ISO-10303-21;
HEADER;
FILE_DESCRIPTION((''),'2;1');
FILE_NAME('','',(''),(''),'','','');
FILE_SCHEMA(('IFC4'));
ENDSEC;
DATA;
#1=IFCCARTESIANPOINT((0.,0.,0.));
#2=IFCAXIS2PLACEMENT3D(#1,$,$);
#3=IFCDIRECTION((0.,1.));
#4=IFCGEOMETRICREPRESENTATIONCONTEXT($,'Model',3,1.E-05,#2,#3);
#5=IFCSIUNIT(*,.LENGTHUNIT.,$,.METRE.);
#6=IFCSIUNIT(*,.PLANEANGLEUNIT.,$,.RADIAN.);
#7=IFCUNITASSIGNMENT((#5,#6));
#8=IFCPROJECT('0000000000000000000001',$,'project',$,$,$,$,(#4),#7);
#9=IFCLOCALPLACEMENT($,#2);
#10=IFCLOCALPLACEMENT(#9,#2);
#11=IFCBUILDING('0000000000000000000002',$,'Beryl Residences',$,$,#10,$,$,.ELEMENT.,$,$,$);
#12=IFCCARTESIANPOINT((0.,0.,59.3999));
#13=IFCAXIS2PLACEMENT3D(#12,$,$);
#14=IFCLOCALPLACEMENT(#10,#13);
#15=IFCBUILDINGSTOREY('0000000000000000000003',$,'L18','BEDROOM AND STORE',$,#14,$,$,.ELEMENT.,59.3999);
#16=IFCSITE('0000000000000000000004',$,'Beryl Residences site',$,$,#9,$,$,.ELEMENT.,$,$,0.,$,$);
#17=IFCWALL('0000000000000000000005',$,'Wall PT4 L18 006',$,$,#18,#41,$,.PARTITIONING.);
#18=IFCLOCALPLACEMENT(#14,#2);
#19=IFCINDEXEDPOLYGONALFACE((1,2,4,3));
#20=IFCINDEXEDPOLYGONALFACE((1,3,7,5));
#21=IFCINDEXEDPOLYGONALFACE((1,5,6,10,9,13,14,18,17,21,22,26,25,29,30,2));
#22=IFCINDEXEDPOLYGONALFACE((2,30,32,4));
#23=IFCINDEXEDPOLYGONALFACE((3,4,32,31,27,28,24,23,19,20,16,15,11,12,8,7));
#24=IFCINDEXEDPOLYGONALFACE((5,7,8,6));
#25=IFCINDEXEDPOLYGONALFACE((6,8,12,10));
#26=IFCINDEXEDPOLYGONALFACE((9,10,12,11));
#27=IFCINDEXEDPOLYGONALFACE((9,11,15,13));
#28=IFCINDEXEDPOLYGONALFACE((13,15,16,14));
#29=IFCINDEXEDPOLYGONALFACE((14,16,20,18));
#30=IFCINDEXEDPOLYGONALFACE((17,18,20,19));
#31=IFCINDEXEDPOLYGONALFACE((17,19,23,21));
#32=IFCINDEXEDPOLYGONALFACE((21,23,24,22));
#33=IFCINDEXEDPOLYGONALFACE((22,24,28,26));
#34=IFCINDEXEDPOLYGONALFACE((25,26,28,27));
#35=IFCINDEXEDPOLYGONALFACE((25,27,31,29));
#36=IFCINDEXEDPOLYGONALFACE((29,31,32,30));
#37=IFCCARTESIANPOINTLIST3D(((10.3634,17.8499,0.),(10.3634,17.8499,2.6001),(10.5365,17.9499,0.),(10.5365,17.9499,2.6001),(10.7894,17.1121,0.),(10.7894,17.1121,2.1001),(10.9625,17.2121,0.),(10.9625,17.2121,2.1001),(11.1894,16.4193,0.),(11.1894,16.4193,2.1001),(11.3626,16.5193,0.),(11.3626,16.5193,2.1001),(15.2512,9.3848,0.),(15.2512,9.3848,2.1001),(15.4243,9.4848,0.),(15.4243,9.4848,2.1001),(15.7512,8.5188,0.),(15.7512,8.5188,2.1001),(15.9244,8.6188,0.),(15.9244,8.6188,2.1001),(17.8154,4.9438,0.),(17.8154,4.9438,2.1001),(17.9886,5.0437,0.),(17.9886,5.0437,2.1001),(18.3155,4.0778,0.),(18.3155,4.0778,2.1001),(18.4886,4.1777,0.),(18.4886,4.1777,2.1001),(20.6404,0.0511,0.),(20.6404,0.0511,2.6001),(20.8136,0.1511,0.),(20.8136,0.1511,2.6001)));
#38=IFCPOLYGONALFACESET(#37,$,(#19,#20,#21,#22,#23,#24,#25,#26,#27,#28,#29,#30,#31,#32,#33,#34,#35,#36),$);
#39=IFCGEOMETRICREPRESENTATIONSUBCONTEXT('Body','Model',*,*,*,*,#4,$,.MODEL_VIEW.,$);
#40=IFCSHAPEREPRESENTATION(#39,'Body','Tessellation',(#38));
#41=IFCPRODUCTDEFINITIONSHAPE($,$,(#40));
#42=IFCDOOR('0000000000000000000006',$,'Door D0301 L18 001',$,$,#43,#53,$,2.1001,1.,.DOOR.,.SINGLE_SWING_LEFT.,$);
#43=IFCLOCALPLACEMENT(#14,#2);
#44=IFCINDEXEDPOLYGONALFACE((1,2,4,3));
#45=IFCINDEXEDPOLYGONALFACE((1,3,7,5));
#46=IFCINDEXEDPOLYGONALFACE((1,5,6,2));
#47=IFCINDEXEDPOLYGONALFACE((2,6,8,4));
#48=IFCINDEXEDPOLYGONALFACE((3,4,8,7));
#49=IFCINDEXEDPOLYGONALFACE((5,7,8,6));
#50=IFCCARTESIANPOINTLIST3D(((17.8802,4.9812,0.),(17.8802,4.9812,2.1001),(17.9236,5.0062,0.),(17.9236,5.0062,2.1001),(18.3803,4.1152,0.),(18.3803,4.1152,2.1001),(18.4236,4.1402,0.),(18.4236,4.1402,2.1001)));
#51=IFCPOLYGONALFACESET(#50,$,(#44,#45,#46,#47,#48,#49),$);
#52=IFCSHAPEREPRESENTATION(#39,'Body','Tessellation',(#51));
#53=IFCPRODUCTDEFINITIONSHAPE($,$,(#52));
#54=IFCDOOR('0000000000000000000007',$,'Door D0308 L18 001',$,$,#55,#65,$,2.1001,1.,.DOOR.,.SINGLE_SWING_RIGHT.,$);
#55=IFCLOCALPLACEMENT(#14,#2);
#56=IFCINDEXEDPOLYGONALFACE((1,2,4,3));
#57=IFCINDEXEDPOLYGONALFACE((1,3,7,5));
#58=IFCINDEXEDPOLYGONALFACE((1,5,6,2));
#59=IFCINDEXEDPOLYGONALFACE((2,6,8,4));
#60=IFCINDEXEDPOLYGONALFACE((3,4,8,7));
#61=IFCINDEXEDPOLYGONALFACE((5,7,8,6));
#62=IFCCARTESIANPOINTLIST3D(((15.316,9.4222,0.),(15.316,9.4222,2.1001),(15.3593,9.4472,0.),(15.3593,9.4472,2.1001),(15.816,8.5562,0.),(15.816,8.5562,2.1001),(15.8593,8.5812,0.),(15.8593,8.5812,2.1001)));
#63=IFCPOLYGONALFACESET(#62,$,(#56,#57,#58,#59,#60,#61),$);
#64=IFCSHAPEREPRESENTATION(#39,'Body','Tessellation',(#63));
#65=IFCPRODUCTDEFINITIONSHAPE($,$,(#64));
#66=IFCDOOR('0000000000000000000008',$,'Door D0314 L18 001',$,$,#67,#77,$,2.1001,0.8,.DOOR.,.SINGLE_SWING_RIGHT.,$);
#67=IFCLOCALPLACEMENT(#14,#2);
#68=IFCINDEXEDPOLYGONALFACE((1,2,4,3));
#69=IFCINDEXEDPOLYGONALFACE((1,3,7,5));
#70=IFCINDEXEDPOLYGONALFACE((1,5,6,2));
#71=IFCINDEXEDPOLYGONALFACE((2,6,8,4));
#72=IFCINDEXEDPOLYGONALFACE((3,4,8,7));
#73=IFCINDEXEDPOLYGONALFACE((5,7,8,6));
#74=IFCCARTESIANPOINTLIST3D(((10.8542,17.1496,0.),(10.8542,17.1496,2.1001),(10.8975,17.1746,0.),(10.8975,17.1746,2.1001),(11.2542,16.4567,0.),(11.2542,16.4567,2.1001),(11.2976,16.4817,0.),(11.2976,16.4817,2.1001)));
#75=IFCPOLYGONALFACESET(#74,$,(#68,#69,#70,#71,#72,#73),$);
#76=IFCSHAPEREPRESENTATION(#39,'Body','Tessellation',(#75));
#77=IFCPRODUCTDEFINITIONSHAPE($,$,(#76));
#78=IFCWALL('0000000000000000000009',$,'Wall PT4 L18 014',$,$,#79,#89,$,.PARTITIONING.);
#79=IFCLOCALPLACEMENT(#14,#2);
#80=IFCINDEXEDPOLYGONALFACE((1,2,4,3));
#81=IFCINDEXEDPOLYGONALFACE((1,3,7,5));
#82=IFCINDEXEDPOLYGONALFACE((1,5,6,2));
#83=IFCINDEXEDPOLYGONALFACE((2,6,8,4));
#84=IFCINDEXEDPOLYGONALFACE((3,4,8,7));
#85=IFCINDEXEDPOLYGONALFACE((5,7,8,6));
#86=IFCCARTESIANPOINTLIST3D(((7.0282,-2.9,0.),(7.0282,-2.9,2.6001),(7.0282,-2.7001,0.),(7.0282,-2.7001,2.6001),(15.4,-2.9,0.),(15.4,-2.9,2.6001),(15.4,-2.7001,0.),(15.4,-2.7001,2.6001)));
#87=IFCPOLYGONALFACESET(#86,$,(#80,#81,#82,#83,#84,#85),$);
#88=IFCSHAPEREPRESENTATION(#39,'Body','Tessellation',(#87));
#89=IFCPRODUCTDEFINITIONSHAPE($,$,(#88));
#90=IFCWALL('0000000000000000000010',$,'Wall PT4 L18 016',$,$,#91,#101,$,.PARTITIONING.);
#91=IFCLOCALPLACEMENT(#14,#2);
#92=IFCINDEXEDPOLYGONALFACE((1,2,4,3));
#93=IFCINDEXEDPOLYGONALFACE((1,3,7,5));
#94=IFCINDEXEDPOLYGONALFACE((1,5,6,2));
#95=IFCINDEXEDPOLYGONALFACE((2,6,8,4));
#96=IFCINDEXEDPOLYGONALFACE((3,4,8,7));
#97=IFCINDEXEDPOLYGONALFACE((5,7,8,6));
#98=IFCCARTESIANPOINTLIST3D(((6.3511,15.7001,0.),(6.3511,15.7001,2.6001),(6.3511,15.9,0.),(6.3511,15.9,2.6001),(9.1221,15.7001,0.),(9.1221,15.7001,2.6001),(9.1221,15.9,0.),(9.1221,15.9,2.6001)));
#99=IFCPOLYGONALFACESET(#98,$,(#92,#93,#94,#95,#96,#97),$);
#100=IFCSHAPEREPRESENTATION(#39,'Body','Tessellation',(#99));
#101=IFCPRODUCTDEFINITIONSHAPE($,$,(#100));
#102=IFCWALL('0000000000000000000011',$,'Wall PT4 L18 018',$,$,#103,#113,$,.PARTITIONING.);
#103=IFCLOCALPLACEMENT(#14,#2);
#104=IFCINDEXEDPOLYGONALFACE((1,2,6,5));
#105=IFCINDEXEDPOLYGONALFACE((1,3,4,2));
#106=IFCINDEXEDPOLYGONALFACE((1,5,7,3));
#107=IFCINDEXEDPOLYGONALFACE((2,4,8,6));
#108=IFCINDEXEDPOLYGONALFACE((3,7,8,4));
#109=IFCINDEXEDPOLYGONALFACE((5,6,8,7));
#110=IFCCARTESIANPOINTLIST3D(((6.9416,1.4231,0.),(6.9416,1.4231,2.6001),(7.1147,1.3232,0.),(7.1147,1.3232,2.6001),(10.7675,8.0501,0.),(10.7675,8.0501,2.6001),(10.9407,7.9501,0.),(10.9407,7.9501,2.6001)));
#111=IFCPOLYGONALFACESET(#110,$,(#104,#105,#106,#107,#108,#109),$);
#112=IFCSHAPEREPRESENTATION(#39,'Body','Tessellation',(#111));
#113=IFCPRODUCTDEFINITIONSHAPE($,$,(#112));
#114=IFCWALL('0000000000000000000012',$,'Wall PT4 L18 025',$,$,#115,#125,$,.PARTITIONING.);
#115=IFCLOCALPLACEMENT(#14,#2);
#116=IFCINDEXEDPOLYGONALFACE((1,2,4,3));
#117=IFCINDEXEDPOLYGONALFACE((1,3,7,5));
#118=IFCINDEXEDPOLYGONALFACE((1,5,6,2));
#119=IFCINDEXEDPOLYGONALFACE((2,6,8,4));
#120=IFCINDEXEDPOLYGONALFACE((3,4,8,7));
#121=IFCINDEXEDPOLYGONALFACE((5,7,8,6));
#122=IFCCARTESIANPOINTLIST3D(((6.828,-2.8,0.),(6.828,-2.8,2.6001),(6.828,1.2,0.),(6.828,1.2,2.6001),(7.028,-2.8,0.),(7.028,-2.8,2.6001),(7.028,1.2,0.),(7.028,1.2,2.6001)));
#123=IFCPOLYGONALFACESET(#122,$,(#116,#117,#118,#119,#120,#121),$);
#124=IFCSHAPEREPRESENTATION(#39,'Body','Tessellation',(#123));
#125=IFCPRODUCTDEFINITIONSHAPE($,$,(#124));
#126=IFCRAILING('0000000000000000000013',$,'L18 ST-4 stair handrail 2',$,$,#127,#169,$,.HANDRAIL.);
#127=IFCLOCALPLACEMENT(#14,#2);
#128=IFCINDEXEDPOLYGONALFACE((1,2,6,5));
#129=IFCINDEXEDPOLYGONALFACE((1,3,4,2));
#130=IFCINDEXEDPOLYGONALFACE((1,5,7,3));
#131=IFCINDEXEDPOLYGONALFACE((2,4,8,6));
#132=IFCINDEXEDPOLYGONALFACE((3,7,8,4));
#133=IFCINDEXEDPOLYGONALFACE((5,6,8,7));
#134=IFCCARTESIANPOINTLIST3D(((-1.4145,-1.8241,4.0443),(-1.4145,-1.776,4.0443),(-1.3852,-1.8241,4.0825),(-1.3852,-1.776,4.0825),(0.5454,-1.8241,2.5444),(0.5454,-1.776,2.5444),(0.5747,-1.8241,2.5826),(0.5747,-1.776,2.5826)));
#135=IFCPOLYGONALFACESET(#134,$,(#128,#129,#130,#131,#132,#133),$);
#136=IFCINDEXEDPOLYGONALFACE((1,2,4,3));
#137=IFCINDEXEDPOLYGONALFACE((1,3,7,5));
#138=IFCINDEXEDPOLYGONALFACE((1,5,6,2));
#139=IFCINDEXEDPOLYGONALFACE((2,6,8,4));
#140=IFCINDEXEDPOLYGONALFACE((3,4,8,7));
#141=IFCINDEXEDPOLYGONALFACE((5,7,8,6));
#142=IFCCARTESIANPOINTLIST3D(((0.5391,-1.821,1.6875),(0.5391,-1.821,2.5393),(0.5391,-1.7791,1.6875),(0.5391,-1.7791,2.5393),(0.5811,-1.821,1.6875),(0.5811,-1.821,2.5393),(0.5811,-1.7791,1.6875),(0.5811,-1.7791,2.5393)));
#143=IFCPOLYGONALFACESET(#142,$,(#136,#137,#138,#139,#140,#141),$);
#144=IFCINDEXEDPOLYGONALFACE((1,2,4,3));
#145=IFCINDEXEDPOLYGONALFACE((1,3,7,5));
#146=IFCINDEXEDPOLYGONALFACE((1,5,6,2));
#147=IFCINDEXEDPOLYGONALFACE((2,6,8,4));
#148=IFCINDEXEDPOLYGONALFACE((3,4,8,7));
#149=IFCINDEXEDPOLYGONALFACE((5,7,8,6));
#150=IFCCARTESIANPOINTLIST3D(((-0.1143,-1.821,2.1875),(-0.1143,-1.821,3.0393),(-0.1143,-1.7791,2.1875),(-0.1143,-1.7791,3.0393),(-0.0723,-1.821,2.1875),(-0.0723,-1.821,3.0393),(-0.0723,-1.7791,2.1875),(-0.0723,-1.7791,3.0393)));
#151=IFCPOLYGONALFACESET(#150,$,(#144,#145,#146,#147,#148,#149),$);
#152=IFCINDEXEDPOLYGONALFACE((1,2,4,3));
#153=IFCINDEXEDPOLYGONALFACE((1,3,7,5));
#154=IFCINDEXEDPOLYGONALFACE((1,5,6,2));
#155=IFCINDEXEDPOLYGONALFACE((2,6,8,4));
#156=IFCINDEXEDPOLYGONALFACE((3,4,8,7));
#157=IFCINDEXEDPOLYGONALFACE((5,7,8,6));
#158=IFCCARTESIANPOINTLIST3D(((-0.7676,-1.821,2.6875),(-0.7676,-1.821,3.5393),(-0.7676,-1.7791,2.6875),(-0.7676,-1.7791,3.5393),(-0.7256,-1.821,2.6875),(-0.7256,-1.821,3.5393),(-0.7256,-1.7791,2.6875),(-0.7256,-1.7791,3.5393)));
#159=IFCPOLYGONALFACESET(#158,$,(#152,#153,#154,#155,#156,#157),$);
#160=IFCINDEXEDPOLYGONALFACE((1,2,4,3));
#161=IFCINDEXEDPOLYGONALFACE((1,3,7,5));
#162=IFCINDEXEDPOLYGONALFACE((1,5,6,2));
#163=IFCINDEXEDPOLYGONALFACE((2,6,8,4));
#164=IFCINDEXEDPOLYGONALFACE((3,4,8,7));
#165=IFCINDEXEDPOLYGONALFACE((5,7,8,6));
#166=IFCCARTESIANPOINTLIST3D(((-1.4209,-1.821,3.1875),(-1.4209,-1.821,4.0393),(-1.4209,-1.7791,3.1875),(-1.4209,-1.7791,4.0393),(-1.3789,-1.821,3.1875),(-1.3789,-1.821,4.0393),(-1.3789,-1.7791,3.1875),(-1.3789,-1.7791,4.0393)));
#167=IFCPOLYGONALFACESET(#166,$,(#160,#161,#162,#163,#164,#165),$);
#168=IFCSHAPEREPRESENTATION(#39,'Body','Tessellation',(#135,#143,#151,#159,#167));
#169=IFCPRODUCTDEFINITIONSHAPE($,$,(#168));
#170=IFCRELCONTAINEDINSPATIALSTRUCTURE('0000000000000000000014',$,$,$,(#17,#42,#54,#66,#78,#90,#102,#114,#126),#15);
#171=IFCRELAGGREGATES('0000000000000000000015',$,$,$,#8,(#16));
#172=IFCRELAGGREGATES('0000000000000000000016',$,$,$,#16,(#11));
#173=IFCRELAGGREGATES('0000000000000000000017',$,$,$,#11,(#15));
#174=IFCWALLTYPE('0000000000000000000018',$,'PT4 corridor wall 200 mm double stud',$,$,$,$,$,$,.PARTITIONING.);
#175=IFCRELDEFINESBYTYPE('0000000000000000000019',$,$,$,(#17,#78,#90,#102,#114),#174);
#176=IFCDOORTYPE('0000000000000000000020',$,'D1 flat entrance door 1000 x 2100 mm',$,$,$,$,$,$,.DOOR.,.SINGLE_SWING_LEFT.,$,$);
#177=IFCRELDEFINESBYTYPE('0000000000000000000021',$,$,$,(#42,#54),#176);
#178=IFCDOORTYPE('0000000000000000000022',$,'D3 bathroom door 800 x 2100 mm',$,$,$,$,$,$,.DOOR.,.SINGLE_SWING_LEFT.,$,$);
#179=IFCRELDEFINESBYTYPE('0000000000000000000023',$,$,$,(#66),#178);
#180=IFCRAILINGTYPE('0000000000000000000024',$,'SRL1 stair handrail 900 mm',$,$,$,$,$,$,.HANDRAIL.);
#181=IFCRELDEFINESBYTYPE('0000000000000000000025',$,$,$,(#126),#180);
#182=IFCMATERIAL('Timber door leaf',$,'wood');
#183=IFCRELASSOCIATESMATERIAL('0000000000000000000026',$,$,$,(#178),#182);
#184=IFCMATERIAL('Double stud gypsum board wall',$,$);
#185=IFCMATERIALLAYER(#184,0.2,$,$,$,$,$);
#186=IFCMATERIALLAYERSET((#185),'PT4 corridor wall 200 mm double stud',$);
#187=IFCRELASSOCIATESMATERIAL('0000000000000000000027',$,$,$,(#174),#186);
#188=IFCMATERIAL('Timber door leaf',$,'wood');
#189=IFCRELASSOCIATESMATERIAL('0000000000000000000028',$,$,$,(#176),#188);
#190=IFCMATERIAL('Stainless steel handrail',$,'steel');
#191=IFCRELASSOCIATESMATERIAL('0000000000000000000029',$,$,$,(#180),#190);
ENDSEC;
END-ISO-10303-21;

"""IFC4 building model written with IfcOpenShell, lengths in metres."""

from ifc_helpers import new_model, si_unit, direction, frame, frame_2d, origin, origin_2d, place, context, subcontext, project, spatial, rectangle, extrude, material, layer, layer_set, type_object, element, fill, save


model = new_model("IFC4")

# Units and contexts
model_context = context("Model", 3, precision=1e-05, world=origin(), true_north=direction((0.0, 1.0)))
body_context = subcontext(model_context, "Body", "Model", "MODEL_VIEW")
ifc_project = project(units=[si_unit("LENGTHUNIT", "METRE"), si_unit("PLANEANGLEUNIT", "RADIAN")], contexts=[model_context])

# Site, building, storey
site_placement = place(None, origin())
site = spatial("IfcSite", under=ifc_project, at=site_placement, Name="Beryl Residences site", CompositionType="ELEMENT", RefElevation=0.0)
building_placement = place(site_placement, origin())
building = spatial("IfcBuilding", under=site, at=building_placement, Name="Beryl Residences", CompositionType="ELEMENT")
storey_placement = place(building_placement, frame((0.0, 0.0, 59.3999)))
storey = spatial("IfcBuildingStorey", under=building, at=storey_placement, Name="L18", Description="BEDROOM AND STORE", CompositionType="ELEMENT", Elevation=59.3999)

# Shared definitions
ifc_material_1 = material(Name="Timber door leaf", Category="wood")
door_type_1 = type_object("IfcDoorType", Name="D3 bathroom door 800 x 2100 mm", OperationType="SINGLE_SWING_LEFT", PredefinedType="DOOR", material=ifc_material_1)

# Shared definitions
ifc_material_2 = material(Name="Double stud gypsum board wall")
ifc_layer_1 = layer(ifc_material_2, 0.2)
ifc_layer_set_1 = layer_set([ifc_layer_1], Name="PT4 corridor wall 200 mm double stud")
wall_type_1 = type_object("IfcWallType", Name="PT4 corridor wall 200 mm double stud", PredefinedType="PARTITIONING", material=ifc_layer_set_1)

# Wall, openings, doors
wall_1_placement = place(storey_placement, frame((10.45, 17.8999, 0.0), z_axis=(0.0, 0.0, 1.0), x_axis=(0.500034, -0.866006, 0.0)))
wall_1 = element("IfcWall", 1, at=wall_1_placement, inside=storey, type_object=wall_type_1, Name="Wall PT4 L18 006", PredefinedType="PARTITIONING", context=body_context, shape_type="SweptSolid", body=[
    extrude(rectangle(XDim=20.5527, YDim=0.2, at=frame_2d((10.2764, 0.0))), origin(), (0.0, 0.0, 1.0), 2.6001),
])
opening_1_placement = place(wall_1_placement, frame((14.9031, 0.0, 0.0)))
opening_1 = element("IfcOpeningElement", 2, at=opening_1_placement, cuts=wall_1, PredefinedType="OPENING", context=body_context, shape_type="SweptSolid", body=[
    extrude(rectangle(XDim=1.0, YDim=2.1001, at=frame_2d((0.5, 1.05))), frame((0.0, 0.1099, 0.0), z_axis=(0.0, -1.0, 0.0), x_axis=(1.0, 0.0, 0.0)), (0.0, 0.0, 1.0), 0.22),
])
opening_2_placement = place(wall_1_placement, frame((9.7749, 0.0, 0.0)))
opening_2 = element("IfcOpeningElement", 3, at=opening_2_placement, cuts=wall_1, PredefinedType="OPENING", context=body_context, shape_type="SweptSolid", body=[
    extrude(rectangle(XDim=1.0, YDim=2.1001, at=frame_2d((0.5, 1.05))), frame((0.0, 0.1099, 0.0), z_axis=(0.0, -1.0, 0.0), x_axis=(1.0, 0.0, 0.0)), (0.0, 0.0, 1.0), 0.22),
])
opening_3_placement = place(wall_1_placement, frame((0.8521, 0.0, 0.0)))
opening_3 = element("IfcOpeningElement", 4, at=opening_3_placement, cuts=wall_1, PredefinedType="OPENING", context=body_context, shape_type="SweptSolid", body=[
    extrude(rectangle(XDim=0.8, YDim=2.1001, at=frame_2d((0.3999, 1.05))), frame((0.0, 0.1099, 0.0), z_axis=(0.0, -1.0, 0.0), x_axis=(1.0, 0.0, 0.0)), (0.0, 0.0, 1.0), 0.22),
])
ifc_material_3 = material(Name="Timber door leaf", Category="wood")
door_type_2 = type_object("IfcDoorType", Name="D1 flat entrance door 1000 x 2100 mm", OperationType="SINGLE_SWING_LEFT", PredefinedType="DOOR", material=ifc_material_3)
door_1_placement = place(opening_1_placement, origin())
door_1 = element("IfcDoor", 5, at=door_1_placement, inside=storey, type_object=door_type_2, Name="Door D0301 L18 001", OperationType="SINGLE_SWING_LEFT", OverallHeight=2.1001, OverallWidth=1.0, PredefinedType="DOOR", context=body_context, shape_type="SweptSolid", body=[
    extrude(rectangle(XDim=1.0, YDim=2.1001, at=frame_2d((0.5, 1.05))), frame((0.0, 0.0249, 0.0), z_axis=(0.0, -1.0, 0.0), x_axis=(1.0, 0.0, 0.0)), (0.0, 0.0, 1.0), 0.05),
])
fill(opening_1, door_1)
door_2_placement = place(opening_2_placement, origin())
door_2 = element("IfcDoor", 6, at=door_2_placement, inside=storey, type_object=door_type_2, Name="Door D0308 L18 001", OperationType="SINGLE_SWING_RIGHT", OverallHeight=2.1001, OverallWidth=1.0, PredefinedType="DOOR", context=body_context, shape_type="SweptSolid", body=[
    extrude(rectangle(XDim=1.0, YDim=2.1001, at=frame_2d((0.5, 1.05))), frame((0.0, 0.0249, 0.0), z_axis=(0.0, -1.0, 0.0), x_axis=(1.0, 0.0, 0.0)), (0.0, 0.0, 1.0), 0.05),
])
fill(opening_2, door_2)
door_3_placement = place(opening_3_placement, origin())
door_3 = element("IfcDoor", 7, at=door_3_placement, inside=storey, type_object=door_type_1, Name="Door D0314 L18 001", OperationType="SINGLE_SWING_RIGHT", OverallHeight=2.1001, OverallWidth=0.8, PredefinedType="DOOR", context=body_context, shape_type="SweptSolid", body=[
    extrude(rectangle(XDim=0.8, YDim=2.1001, at=frame_2d((0.3999, 1.05))), frame((0.0, 0.0249, 0.0), z_axis=(0.0, -1.0, 0.0), x_axis=(1.0, 0.0, 0.0)), (0.0, 0.0, 1.0), 0.05),
])
fill(opening_3, door_3)

# Walls
wall_2_placement = place(storey_placement, frame((7.0281, -2.8, 0.0), z_axis=(0.0, 0.0, 1.0), x_axis=(1.0, 0.0, 0.0)))
element("IfcWall", 8, at=wall_2_placement, inside=storey, type_object=wall_type_1, Name="Wall PT4 L18 014", PredefinedType="PARTITIONING", context=body_context, shape_type="SweptSolid", body=[
    extrude(rectangle(XDim=8.3718, YDim=0.2, at=frame_2d((4.186, 0.0))), origin(), (0.0, 0.0, 1.0), 2.6001),
])
wall_3_placement = place(storey_placement, frame((6.3511, 15.8, 0.0), z_axis=(0.0, 0.0, 1.0), x_axis=(1.0, 0.0, 0.0)))
element("IfcWall", 9, at=wall_3_placement, inside=storey, type_object=wall_type_1, Name="Wall PT4 L18 016", PredefinedType="PARTITIONING", context=body_context, shape_type="SweptSolid", body=[
    extrude(rectangle(XDim=2.771, YDim=0.2, at=frame_2d((1.3855, 0.0))), origin(), (0.0, 0.0, 1.0), 2.6001),
])
wall_4_placement = place(storey_placement, frame((7.0281, 1.373, 0.0), z_axis=(0.0, 0.0, 1.0), x_axis=(0.499986, 0.866034, 0.0)))
element("IfcWall", 10, at=wall_4_placement, inside=storey, type_object=wall_type_1, Name="Wall PT4 L18 018", PredefinedType="PARTITIONING", context=body_context, shape_type="SweptSolid", body=[
    extrude(rectangle(XDim=7.6521, YDim=0.2, at=frame_2d((3.8262, 0.0))), origin(), (0.0, 0.0, 1.0), 2.6001),
])
wall_5_placement = place(storey_placement, frame((6.928, -2.8, 0.0), z_axis=(0.0, 0.0, 1.0), x_axis=(0.0, 1.0, 0.0)))
element("IfcWall", 11, at=wall_5_placement, inside=storey, type_object=wall_type_1, Name="Wall PT4 L18 025", PredefinedType="PARTITIONING", context=body_context, shape_type="SweptSolid", body=[
    extrude(rectangle(XDim=4.0, YDim=0.2, at=frame_2d((2.0, 0.0))), origin(), (0.0, 0.0, 1.0), 2.6001),
])

# Railing
ifc_material_4 = material(Name="Stainless steel handrail", Category="steel")
railing_type_1 = type_object("IfcRailingType", Name="SRL1 stair handrail 900 mm", PredefinedType="HANDRAIL", material=ifc_material_4)
railing_1_placement = place(storey_placement, frame((0.5601, -1.8, 1.6875)))
element("IfcRailing", 12, at=railing_1_placement, inside=storey, type_object=railing_type_1, Name="L18 ST-4 stair handrail 2", PredefinedType="HANDRAIL", context=body_context, shape_type="SweptSolid", body=[
    extrude(rectangle(XDim=0.0481, YDim=0.0481, at=origin_2d()), frame((0.0, 0.0, 0.876), z_axis=(-0.794122, 0.0, 0.607758), x_axis=(0.0, -1.0, 0.0)), (0.0, 0.0, 1.0), 2.468),
    extrude(rectangle(XDim=0.042, YDim=0.042, at=origin_2d()), origin(), (0.0, 0.0, 1.0), 0.8518),
    extrude(rectangle(XDim=0.042, YDim=0.042, at=origin_2d()), frame((-0.6533, 0.0, 0.5)), (0.0, 0.0, 1.0), 0.8518),
    extrude(rectangle(XDim=0.042, YDim=0.042, at=origin_2d()), frame((-1.3066, 0.0, 1.0)), (0.0, 0.0, 1.0), 0.8518),
    extrude(rectangle(XDim=0.042, YDim=0.042, at=origin_2d()), frame((-1.96, 0.0, 1.5)), (0.0, 0.0, 1.0), 0.8518),
])

save(model, "model.ifc")
